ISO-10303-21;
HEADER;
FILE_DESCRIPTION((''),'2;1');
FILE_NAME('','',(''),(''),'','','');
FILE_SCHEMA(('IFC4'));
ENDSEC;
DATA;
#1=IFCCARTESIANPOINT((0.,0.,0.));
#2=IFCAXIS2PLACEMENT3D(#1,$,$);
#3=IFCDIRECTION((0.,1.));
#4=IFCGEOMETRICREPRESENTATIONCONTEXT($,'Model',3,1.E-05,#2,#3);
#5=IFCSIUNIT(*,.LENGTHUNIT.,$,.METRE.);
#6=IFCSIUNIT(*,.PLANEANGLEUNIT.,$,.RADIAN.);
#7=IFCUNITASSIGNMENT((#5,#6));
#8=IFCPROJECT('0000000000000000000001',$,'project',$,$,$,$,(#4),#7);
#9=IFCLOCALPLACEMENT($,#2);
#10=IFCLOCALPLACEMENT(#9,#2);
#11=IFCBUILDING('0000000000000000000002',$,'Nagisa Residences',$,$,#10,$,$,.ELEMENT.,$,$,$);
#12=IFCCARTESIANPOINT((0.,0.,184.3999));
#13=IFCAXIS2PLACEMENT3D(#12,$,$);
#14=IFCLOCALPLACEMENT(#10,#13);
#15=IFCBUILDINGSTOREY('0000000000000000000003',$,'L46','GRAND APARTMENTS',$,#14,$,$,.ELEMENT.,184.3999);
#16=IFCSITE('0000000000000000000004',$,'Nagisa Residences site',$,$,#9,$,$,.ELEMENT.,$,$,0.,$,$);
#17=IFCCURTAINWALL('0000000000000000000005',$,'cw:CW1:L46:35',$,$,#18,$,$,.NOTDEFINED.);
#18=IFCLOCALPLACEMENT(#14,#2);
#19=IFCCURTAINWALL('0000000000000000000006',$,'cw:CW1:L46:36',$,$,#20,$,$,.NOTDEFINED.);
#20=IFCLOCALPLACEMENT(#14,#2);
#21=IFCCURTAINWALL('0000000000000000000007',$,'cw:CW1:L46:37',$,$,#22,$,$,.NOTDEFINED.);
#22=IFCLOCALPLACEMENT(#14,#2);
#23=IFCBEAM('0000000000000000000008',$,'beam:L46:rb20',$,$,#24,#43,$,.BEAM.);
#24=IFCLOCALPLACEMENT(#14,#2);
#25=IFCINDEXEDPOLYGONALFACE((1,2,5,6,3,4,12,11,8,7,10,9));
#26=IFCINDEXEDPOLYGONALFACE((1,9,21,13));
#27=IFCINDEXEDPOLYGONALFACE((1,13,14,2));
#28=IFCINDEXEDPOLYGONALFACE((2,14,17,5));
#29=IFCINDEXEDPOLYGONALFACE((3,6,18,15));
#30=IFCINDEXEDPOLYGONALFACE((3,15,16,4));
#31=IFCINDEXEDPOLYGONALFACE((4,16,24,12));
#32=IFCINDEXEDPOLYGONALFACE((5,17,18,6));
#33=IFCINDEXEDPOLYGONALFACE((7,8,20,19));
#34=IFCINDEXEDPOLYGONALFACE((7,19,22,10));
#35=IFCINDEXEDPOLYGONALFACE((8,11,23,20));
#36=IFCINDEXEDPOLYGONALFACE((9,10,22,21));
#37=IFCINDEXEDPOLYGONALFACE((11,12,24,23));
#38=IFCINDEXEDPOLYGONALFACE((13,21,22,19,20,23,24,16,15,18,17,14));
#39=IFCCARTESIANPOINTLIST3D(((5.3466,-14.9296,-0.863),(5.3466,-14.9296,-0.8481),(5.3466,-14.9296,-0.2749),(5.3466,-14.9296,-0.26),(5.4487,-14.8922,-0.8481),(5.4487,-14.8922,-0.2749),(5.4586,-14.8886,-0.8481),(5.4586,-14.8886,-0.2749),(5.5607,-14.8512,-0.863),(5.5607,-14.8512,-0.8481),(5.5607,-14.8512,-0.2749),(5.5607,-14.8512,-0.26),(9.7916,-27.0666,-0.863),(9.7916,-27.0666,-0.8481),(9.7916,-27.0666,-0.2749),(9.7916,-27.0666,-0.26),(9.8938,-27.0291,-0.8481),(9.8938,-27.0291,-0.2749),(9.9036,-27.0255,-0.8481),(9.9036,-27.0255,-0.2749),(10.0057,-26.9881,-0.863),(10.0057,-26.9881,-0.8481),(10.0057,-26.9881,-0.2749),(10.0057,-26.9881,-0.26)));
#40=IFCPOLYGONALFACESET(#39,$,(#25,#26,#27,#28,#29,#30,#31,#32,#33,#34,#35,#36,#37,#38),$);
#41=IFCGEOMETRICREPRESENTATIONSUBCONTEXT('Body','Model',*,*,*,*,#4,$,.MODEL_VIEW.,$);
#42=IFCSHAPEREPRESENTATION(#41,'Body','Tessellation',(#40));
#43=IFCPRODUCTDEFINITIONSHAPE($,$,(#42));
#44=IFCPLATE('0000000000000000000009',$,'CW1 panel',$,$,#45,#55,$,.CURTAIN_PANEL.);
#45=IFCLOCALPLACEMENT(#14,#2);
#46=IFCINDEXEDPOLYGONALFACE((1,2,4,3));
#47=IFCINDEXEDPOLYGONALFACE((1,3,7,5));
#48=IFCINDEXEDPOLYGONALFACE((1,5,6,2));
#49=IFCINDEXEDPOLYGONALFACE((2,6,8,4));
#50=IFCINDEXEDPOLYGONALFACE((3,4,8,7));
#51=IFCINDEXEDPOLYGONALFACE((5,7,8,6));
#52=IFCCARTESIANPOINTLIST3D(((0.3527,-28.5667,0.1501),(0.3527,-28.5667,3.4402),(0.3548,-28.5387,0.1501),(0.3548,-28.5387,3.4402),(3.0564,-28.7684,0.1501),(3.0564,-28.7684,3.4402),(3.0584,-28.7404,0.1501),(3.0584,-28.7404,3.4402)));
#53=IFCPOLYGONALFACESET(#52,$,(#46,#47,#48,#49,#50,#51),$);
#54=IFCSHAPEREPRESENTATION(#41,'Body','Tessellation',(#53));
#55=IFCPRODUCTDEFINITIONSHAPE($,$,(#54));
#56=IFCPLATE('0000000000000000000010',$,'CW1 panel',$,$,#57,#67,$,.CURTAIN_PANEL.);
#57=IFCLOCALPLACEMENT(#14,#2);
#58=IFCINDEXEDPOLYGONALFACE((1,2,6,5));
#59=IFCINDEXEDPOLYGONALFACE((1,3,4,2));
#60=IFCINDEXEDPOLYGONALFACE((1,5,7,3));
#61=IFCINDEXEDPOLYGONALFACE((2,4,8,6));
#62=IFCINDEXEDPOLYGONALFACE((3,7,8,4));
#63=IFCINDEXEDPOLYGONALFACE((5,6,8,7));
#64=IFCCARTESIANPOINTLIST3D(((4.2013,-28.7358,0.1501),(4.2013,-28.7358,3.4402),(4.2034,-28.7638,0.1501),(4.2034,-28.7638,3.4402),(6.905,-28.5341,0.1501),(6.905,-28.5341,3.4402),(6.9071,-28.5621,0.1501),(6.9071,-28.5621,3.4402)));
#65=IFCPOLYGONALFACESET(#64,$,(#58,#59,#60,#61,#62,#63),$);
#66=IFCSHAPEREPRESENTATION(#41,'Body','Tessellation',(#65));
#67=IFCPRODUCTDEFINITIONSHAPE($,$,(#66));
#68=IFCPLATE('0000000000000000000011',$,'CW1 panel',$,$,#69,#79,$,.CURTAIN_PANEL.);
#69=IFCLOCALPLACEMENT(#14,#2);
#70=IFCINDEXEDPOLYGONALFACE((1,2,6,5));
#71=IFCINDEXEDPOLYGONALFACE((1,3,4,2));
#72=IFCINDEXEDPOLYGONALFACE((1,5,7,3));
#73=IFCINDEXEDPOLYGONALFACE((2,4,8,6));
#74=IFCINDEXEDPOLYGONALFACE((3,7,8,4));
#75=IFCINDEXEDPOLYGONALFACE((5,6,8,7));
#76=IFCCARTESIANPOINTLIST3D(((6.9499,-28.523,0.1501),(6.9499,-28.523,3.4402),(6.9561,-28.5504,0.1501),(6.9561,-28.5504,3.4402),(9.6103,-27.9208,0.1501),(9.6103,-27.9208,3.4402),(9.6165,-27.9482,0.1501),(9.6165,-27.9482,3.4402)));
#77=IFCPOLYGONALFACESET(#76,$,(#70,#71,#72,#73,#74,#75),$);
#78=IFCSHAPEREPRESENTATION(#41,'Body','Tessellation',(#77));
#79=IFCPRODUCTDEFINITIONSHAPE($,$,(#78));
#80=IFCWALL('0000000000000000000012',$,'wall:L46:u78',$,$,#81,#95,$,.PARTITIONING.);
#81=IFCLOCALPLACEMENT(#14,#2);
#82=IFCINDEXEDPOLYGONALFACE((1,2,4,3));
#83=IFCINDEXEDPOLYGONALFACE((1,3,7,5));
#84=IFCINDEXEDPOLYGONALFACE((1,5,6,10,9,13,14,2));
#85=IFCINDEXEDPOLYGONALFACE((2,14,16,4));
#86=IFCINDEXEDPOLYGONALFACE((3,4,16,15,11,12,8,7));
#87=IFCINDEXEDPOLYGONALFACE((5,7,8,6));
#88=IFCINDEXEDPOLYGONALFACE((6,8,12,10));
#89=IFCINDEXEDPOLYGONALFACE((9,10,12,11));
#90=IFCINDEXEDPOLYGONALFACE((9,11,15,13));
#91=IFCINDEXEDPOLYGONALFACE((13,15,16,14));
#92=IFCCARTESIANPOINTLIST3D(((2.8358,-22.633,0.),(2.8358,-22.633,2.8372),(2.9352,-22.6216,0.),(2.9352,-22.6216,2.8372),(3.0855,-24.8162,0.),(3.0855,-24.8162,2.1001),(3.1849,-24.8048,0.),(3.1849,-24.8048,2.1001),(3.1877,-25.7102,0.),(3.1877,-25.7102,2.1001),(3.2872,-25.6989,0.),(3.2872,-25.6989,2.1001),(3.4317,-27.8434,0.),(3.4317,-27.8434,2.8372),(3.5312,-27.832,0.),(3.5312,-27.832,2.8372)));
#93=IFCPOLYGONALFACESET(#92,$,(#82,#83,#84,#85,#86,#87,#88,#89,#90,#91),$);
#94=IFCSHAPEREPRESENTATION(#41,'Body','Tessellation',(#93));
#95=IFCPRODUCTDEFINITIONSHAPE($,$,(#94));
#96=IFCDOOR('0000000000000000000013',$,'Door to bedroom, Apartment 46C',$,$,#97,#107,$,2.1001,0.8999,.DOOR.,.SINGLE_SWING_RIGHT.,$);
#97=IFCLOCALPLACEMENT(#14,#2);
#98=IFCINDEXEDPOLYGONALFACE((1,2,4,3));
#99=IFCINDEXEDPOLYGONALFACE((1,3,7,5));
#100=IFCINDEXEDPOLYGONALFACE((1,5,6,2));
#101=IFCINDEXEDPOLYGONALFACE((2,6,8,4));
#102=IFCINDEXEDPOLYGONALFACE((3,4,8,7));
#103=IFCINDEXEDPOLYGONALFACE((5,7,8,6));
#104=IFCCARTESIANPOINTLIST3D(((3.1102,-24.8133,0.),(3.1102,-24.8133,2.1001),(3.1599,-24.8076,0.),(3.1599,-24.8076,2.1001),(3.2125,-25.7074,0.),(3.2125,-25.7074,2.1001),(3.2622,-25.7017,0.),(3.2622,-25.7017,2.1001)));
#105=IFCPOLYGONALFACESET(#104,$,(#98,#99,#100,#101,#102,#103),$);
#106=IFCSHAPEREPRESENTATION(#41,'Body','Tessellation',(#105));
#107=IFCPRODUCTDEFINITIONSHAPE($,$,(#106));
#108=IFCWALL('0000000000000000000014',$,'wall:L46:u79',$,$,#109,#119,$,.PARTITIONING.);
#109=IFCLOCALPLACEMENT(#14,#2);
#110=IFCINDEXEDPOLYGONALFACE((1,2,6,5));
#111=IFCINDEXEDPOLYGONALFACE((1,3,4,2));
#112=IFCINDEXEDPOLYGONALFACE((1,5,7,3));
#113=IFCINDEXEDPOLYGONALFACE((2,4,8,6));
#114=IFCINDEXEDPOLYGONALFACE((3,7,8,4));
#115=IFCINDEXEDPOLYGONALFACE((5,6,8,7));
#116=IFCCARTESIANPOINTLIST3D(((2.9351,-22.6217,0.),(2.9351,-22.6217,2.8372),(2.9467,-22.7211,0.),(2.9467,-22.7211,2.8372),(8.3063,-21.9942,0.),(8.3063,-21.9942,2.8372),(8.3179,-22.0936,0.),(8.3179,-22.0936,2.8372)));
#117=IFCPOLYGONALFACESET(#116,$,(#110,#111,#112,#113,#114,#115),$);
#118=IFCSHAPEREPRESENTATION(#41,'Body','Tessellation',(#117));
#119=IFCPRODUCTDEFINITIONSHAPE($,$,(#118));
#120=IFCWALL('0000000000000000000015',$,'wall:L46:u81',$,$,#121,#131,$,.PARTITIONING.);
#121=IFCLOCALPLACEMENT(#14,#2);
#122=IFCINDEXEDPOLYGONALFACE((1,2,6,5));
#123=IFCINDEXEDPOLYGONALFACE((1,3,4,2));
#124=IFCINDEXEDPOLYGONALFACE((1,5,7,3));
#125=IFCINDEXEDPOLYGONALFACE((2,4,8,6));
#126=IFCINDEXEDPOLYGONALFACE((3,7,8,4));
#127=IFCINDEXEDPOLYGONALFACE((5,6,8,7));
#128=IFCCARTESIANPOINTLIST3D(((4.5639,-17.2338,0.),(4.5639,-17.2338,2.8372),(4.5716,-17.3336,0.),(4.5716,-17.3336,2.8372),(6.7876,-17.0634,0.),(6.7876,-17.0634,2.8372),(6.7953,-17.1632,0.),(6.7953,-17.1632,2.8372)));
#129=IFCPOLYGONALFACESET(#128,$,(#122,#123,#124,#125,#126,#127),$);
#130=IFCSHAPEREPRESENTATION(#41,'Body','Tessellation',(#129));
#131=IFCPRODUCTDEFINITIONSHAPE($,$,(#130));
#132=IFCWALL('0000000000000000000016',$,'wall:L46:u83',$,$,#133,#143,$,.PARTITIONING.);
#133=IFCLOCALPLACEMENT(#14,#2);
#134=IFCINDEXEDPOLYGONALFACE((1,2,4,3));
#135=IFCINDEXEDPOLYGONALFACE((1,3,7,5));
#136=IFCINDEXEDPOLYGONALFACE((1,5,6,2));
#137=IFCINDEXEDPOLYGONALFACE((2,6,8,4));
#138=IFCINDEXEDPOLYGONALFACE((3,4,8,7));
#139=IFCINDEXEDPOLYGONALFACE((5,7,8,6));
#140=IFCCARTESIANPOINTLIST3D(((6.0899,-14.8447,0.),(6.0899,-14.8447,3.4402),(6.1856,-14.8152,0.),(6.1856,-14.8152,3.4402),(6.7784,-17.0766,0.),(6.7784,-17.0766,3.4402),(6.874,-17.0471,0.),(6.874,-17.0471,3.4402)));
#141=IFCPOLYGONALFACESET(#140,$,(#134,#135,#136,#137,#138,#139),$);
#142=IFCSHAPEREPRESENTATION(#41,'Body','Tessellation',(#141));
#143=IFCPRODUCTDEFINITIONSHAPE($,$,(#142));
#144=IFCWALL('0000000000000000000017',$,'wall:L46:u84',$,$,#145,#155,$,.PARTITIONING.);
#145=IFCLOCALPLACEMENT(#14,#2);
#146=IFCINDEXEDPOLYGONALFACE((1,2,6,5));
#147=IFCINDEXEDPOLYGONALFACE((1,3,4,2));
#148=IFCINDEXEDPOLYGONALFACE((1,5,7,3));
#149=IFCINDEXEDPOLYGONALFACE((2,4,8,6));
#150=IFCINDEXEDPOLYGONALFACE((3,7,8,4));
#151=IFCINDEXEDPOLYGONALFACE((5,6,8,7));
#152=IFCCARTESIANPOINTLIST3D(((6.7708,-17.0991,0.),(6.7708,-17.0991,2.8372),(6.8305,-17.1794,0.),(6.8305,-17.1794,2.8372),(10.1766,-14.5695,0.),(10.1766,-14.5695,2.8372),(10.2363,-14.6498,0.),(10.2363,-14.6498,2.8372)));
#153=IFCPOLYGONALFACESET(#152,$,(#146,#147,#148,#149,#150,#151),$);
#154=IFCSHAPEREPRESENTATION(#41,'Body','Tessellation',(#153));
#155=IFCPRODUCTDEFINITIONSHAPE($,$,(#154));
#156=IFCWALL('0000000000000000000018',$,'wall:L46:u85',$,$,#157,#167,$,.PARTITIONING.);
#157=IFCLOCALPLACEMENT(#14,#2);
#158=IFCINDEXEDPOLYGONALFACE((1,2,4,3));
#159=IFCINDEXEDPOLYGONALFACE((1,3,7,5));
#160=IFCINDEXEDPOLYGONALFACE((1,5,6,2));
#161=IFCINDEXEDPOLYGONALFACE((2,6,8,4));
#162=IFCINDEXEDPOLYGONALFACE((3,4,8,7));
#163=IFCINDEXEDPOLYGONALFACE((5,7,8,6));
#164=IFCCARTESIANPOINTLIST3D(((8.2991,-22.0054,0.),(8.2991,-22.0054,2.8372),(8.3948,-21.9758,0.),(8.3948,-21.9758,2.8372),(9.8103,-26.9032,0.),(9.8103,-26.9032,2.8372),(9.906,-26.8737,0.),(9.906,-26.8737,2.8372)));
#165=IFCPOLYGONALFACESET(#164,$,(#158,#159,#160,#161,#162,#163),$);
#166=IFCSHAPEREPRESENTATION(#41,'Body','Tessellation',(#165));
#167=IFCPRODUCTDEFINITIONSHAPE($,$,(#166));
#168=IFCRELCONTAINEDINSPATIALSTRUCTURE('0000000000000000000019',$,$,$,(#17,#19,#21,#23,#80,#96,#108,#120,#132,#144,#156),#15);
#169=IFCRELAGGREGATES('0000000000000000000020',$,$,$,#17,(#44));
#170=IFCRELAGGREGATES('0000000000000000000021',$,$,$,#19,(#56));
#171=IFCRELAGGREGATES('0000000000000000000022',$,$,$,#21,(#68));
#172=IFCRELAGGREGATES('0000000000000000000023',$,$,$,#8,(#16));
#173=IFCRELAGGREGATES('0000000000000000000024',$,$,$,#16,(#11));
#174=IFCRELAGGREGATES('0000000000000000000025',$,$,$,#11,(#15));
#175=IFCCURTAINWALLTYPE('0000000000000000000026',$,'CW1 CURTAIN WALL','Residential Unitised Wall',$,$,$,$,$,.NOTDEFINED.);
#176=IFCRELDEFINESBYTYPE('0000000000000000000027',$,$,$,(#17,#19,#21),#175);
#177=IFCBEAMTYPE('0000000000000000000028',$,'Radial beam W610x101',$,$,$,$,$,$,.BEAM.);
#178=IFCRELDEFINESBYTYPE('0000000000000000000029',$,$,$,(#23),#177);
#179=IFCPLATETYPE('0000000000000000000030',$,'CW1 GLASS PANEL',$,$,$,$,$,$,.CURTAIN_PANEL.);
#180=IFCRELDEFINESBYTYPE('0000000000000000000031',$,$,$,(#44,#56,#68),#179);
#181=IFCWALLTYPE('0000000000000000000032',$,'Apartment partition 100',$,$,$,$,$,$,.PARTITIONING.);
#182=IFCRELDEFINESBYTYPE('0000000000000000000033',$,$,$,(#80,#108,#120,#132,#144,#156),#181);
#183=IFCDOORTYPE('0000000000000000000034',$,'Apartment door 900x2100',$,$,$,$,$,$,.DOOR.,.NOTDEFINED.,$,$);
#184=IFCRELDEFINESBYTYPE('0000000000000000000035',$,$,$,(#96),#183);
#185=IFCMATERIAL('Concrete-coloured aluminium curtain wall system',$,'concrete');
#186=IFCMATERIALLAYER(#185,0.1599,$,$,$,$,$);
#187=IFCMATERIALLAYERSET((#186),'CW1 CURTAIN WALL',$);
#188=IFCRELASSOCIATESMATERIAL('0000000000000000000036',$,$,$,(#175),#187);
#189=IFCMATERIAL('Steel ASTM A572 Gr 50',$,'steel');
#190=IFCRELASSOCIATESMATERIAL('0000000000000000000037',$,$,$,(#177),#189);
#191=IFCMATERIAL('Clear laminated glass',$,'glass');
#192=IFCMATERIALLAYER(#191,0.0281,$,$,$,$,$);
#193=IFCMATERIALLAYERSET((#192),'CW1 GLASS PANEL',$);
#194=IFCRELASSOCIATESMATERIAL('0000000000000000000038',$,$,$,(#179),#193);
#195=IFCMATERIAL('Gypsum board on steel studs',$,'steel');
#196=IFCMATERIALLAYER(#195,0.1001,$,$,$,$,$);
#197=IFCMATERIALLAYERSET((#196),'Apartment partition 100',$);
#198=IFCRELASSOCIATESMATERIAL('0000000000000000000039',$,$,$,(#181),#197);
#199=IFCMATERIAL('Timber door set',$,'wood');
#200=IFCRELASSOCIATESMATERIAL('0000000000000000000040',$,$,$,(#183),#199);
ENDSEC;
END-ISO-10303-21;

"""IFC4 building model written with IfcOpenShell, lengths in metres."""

from ifc_helpers import new_model, si_unit, direction, frame, frame_2d, origin, origin_2d, place, context, subcontext, project, spatial, rectangle, i_section, extrude, material, layer, layer_set, material_profile, profile_set, type_object, element, fill, aggregate, save


model = new_model("IFC4")

# Units and contexts
model_context = context("Model", 3, precision=1e-05, world=origin(), true_north=direction((0.0, 1.0)))
body_context = subcontext(model_context, "Body", "Model", "MODEL_VIEW")
ifc_project = project(units=[si_unit("LENGTHUNIT", "METRE"), si_unit("PLANEANGLEUNIT", "RADIAN")], contexts=[model_context])

# Site, building, storey
site_placement = place(None, origin())
site = spatial("IfcSite", under=ifc_project, at=site_placement, Name="Nagisa Residences site", CompositionType="ELEMENT", RefElevation=0.0)
building_placement = place(site_placement, origin())
building = spatial("IfcBuilding", under=site, at=building_placement, Name="Nagisa Residences", CompositionType="ELEMENT")
storey_placement = place(building_placement, frame((0.0, 0.0, 184.3999)))
storey = spatial("IfcBuildingStorey", under=building, at=storey_placement, Name="L46", Description="GRAND APARTMENTS", CompositionType="ELEMENT", Elevation=184.3999)

# Curtain walls
ifc_material_1 = material(Name="Concrete-coloured aluminium curtain wall system", Category="concrete")
ifc_layer_1 = layer(ifc_material_1, 0.1599)
ifc_layer_set_1 = layer_set([ifc_layer_1], Name="CW1 CURTAIN WALL")
curtain_wall_type = type_object("IfcCurtainWallType", Name="CW1 CURTAIN WALL", Description="Residential Unitised Wall", PredefinedType="NOTDEFINED", material=ifc_layer_set_1)
curtain_wall_1_placement = place(storey_placement, origin())
curtain_wall_1 = element("IfcCurtainWall", 1, at=curtain_wall_1_placement, inside=storey, type_object=curtain_wall_type, Name="cw:CW1:L46:35", PredefinedType="NOTDEFINED")
curtain_wall_2_placement = place(storey_placement, origin())
curtain_wall_2 = element("IfcCurtainWall", 2, at=curtain_wall_2_placement, inside=storey, type_object=curtain_wall_type, Name="cw:CW1:L46:36", PredefinedType="NOTDEFINED")
curtain_wall_3_placement = place(storey_placement, origin())
curtain_wall_3 = element("IfcCurtainWall", 3, at=curtain_wall_3_placement, inside=storey, type_object=curtain_wall_type, Name="cw:CW1:L46:37", PredefinedType="NOTDEFINED")

# Beam
ifc_material_2 = material(Name="Steel ASTM A572 Gr 50", Category="steel")
ifc_material_profile_1 = material_profile(ifc_material_2, i_section(OverallWidth=0.228, OverallDepth=0.603, WebThickness=0.0105, FlangeThickness=0.0149, at=origin_2d()), Name="W610x101")
ifc_profile_set_1 = profile_set([ifc_material_profile_1], Name="Steel ASTM A572 Gr 50")
beam_type_1 = type_object("IfcBeamType", Name="Radial beam W610x101", PredefinedType="BEAM", material=ifc_profile_set_1)
beam_1_placement = place(storey_placement, frame((9.8987, -27.0273, -0.5615), z_axis=(-0.343903, 0.939005, 0.0), x_axis=(-0.939005, -0.343903, 0.0)))
element("IfcBeam", 4, at=beam_1_placement, inside=storey, type_object=beam_type_1, Name="beam:L46:rb20", PredefinedType="BEAM", context=body_context, shape_type="SweptSolid", body=[
    extrude(i_section(OverallWidth=0.228, OverallDepth=0.603, WebThickness=0.0105, FlangeThickness=0.0149, at=origin_2d()), origin(), (0.0, 0.0, 1.0), 12.9253),
])

# Plates
ifc_material_3 = material(Name="Clear laminated glass", Category="glass")
ifc_layer_2 = layer(ifc_material_3, 0.0281)
ifc_layer_set_2 = layer_set([ifc_layer_2], Name="CW1 GLASS PANEL")
plate_type = type_object("IfcPlateType", Name="CW1 GLASS PANEL", PredefinedType="CURTAIN_PANEL", material=ifc_layer_set_2)
plate_1_placement = place(storey_placement, frame((1.7056, -28.6536, 0.1501), z_axis=(0.0, 0.0, 1.0), x_axis=(0.99723, -0.074377, 0.0)))
plate_1 = element("IfcPlate", 5, at=plate_1_placement, type_object=plate_type, Name="CW1 panel", PredefinedType="CURTAIN_PANEL", context=body_context, shape_type="SweptSolid", body=[
    extrude(rectangle(XDim=2.7112, YDim=0.0281, at=origin_2d()), origin(), (0.0, 0.0, 1.0), 3.29),
])
aggregate(curtain_wall_1, [plate_1])
plate_2_placement = place(storey_placement, frame((5.5542, -28.6489, 0.1501), z_axis=(0.0, 0.0, 1.0), x_axis=(0.99723, 0.074377, 0.0)))
plate_2 = element("IfcPlate", 6, at=plate_2_placement, type_object=plate_type, Name="CW1 panel", PredefinedType="CURTAIN_PANEL", context=body_context, shape_type="SweptSolid", body=[
    extrude(rectangle(XDim=2.7112, YDim=0.0281, at=origin_2d()), origin(), (0.0, 0.0, 1.0), 3.29),
])
aggregate(curtain_wall_2, [plate_2])
plate_3_placement = place(storey_placement, frame((8.2832, -28.2356, 0.1501), z_axis=(0.0, 0.0, 1.0), x_axis=(0.975327, 0.220764, 0.0)))
plate_3 = element("IfcPlate", 7, at=plate_3_placement, type_object=plate_type, Name="CW1 panel", PredefinedType="CURTAIN_PANEL", context=body_context, shape_type="SweptSolid", body=[
    extrude(rectangle(XDim=2.7278, YDim=0.0281, at=origin_2d()), origin(), (0.0, 0.0, 1.0), 3.29),
])
aggregate(curtain_wall_3, [plate_3])

# Wall, opening, door
ifc_material_4 = material(Name="Gypsum board on steel studs", Category="steel")
ifc_layer_3 = layer(ifc_material_4, 0.1001)
ifc_layer_set_3 = layer_set([ifc_layer_3], Name="Apartment partition 100")
wall_type = type_object("IfcWallType", Name="Apartment partition 100", PredefinedType="PARTITIONING", material=ifc_layer_set_3)
wall_1_placement = place(storey_placement, frame((2.8855, -22.6274, 0.0), z_axis=(0.0, 0.0, 1.0), x_axis=(0.113635, -0.993523, 0.0)))
wall_1 = element("IfcWall", 8, at=wall_1_placement, inside=storey, type_object=wall_type, Name="wall:L46:u78", PredefinedType="PARTITIONING", context=body_context, shape_type="SweptSolid", body=[
    extrude(rectangle(XDim=5.2444, YDim=0.1001, at=frame_2d((2.6221, 0.0))), origin(), (0.0, 0.0, 1.0), 2.8372),
])
opening_1_placement = place(wall_1_placement, frame((2.1973, 0.0, 0.0)))
opening_1 = element("IfcOpeningElement", 9, at=opening_1_placement, cuts=wall_1, PredefinedType="OPENING", context=body_context, shape_type="SweptSolid", body=[
    extrude(rectangle(XDim=0.8999, YDim=2.1001, at=frame_2d((0.45, 1.05))), frame((0.0, 0.0601, 0.0), z_axis=(0.0, -1.0, 0.0), x_axis=(1.0, 0.0, 0.0)), (0.0, 0.0, 1.0), 0.1201),
])
ifc_material_5 = material(Name="Timber door set", Category="wood")
door_type = type_object("IfcDoorType", Name="Apartment door 900x2100", OperationType="NOTDEFINED", PredefinedType="DOOR", material=ifc_material_5)
door_1_placement = place(opening_1_placement, origin())
door_1 = element("IfcDoor", 10, at=door_1_placement, inside=storey, type_object=door_type, Name="Door to bedroom, Apartment 46C", OperationType="SINGLE_SWING_RIGHT", OverallHeight=2.1001, OverallWidth=0.8999, PredefinedType="DOOR", context=body_context, shape_type="SweptSolid", body=[
    extrude(rectangle(XDim=0.8999, YDim=2.1001, at=frame_2d((0.45, 1.05))), frame((0.0, 0.0249, 0.0), z_axis=(0.0, -1.0, 0.0), x_axis=(1.0, 0.0, 0.0)), (0.0, 0.0, 1.0), 0.05),
])
fill(opening_1, door_1)

# Walls
wall_2_placement = place(storey_placement, frame((2.9409, -22.6714, 0.0), z_axis=(0.0, 0.0, 1.0), x_axis=(0.993246, 0.116029, 0.0)))
element("IfcWall", 11, at=wall_2_placement, inside=storey, type_object=wall_type, Name="wall:L46:u79", PredefinedType="PARTITIONING", context=body_context, shape_type="SweptSolid", body=[
    extrude(rectangle(XDim=5.4077, YDim=0.1001, at=frame_2d((2.7039, 0.0))), origin(), (0.0, 0.0, 1.0), 2.8372),
])
wall_3_placement = place(storey_placement, frame((4.5676, -17.2837, 0.0), z_axis=(0.0, 0.0, 1.0), x_axis=(0.997076, 0.076412, 0.0)))
element("IfcWall", 12, at=wall_3_placement, inside=storey, type_object=wall_type, Name="wall:L46:u81", PredefinedType="PARTITIONING", context=body_context, shape_type="SweptSolid", body=[
    extrude(rectangle(XDim=2.2302, YDim=0.1001, at=frame_2d((1.1152, 0.0))), origin(), (0.0, 0.0, 1.0), 2.8372),
])
wall_4_placement = place(storey_placement, frame((6.1377, -14.8298, 0.0), z_axis=(0.0, 0.0, 1.0), x_axis=(0.294762, -0.955571, 0.0)))
element("IfcWall", 13, at=wall_4_placement, inside=storey, type_object=wall_type, Name="wall:L46:u83", PredefinedType="PARTITIONING", context=body_context, shape_type="SweptSolid", body=[
    extrude(rectangle(XDim=2.3357, YDim=0.1001, at=frame_2d((1.168, 0.0))), origin(), (0.0, 0.0, 1.0), 3.4402),
])
wall_5_placement = place(storey_placement, frame((6.8008, -17.1392, 0.0), z_axis=(0.0, 0.0, 1.0), x_axis=(0.802795, 0.596255, 0.0)))
element("IfcWall", 14, at=wall_5_placement, inside=storey, type_object=wall_type, Name="wall:L46:u84", PredefinedType="PARTITIONING", context=body_context, shape_type="SweptSolid", body=[
    extrude(rectangle(XDim=4.2424, YDim=0.1001, at=frame_2d((2.1211, 0.0))), origin(), (0.0, 0.0, 1.0), 2.8372),
])
wall_6_placement = place(storey_placement, frame((8.3469, -21.9905, 0.0), z_axis=(0.0, 0.0, 1.0), x_axis=(0.294829, -0.95555, 0.0)))
element("IfcWall", 15, at=wall_6_placement, inside=storey, type_object=wall_type, Name="wall:L46:u85", PredefinedType="PARTITIONING", context=body_context, shape_type="SweptSolid", body=[
    extrude(rectangle(XDim=5.1257, YDim=0.1001, at=frame_2d((2.563, 0.0))), origin(), (0.0, 0.0, 1.0), 2.8372),
])

save(model, "model.ifc")
